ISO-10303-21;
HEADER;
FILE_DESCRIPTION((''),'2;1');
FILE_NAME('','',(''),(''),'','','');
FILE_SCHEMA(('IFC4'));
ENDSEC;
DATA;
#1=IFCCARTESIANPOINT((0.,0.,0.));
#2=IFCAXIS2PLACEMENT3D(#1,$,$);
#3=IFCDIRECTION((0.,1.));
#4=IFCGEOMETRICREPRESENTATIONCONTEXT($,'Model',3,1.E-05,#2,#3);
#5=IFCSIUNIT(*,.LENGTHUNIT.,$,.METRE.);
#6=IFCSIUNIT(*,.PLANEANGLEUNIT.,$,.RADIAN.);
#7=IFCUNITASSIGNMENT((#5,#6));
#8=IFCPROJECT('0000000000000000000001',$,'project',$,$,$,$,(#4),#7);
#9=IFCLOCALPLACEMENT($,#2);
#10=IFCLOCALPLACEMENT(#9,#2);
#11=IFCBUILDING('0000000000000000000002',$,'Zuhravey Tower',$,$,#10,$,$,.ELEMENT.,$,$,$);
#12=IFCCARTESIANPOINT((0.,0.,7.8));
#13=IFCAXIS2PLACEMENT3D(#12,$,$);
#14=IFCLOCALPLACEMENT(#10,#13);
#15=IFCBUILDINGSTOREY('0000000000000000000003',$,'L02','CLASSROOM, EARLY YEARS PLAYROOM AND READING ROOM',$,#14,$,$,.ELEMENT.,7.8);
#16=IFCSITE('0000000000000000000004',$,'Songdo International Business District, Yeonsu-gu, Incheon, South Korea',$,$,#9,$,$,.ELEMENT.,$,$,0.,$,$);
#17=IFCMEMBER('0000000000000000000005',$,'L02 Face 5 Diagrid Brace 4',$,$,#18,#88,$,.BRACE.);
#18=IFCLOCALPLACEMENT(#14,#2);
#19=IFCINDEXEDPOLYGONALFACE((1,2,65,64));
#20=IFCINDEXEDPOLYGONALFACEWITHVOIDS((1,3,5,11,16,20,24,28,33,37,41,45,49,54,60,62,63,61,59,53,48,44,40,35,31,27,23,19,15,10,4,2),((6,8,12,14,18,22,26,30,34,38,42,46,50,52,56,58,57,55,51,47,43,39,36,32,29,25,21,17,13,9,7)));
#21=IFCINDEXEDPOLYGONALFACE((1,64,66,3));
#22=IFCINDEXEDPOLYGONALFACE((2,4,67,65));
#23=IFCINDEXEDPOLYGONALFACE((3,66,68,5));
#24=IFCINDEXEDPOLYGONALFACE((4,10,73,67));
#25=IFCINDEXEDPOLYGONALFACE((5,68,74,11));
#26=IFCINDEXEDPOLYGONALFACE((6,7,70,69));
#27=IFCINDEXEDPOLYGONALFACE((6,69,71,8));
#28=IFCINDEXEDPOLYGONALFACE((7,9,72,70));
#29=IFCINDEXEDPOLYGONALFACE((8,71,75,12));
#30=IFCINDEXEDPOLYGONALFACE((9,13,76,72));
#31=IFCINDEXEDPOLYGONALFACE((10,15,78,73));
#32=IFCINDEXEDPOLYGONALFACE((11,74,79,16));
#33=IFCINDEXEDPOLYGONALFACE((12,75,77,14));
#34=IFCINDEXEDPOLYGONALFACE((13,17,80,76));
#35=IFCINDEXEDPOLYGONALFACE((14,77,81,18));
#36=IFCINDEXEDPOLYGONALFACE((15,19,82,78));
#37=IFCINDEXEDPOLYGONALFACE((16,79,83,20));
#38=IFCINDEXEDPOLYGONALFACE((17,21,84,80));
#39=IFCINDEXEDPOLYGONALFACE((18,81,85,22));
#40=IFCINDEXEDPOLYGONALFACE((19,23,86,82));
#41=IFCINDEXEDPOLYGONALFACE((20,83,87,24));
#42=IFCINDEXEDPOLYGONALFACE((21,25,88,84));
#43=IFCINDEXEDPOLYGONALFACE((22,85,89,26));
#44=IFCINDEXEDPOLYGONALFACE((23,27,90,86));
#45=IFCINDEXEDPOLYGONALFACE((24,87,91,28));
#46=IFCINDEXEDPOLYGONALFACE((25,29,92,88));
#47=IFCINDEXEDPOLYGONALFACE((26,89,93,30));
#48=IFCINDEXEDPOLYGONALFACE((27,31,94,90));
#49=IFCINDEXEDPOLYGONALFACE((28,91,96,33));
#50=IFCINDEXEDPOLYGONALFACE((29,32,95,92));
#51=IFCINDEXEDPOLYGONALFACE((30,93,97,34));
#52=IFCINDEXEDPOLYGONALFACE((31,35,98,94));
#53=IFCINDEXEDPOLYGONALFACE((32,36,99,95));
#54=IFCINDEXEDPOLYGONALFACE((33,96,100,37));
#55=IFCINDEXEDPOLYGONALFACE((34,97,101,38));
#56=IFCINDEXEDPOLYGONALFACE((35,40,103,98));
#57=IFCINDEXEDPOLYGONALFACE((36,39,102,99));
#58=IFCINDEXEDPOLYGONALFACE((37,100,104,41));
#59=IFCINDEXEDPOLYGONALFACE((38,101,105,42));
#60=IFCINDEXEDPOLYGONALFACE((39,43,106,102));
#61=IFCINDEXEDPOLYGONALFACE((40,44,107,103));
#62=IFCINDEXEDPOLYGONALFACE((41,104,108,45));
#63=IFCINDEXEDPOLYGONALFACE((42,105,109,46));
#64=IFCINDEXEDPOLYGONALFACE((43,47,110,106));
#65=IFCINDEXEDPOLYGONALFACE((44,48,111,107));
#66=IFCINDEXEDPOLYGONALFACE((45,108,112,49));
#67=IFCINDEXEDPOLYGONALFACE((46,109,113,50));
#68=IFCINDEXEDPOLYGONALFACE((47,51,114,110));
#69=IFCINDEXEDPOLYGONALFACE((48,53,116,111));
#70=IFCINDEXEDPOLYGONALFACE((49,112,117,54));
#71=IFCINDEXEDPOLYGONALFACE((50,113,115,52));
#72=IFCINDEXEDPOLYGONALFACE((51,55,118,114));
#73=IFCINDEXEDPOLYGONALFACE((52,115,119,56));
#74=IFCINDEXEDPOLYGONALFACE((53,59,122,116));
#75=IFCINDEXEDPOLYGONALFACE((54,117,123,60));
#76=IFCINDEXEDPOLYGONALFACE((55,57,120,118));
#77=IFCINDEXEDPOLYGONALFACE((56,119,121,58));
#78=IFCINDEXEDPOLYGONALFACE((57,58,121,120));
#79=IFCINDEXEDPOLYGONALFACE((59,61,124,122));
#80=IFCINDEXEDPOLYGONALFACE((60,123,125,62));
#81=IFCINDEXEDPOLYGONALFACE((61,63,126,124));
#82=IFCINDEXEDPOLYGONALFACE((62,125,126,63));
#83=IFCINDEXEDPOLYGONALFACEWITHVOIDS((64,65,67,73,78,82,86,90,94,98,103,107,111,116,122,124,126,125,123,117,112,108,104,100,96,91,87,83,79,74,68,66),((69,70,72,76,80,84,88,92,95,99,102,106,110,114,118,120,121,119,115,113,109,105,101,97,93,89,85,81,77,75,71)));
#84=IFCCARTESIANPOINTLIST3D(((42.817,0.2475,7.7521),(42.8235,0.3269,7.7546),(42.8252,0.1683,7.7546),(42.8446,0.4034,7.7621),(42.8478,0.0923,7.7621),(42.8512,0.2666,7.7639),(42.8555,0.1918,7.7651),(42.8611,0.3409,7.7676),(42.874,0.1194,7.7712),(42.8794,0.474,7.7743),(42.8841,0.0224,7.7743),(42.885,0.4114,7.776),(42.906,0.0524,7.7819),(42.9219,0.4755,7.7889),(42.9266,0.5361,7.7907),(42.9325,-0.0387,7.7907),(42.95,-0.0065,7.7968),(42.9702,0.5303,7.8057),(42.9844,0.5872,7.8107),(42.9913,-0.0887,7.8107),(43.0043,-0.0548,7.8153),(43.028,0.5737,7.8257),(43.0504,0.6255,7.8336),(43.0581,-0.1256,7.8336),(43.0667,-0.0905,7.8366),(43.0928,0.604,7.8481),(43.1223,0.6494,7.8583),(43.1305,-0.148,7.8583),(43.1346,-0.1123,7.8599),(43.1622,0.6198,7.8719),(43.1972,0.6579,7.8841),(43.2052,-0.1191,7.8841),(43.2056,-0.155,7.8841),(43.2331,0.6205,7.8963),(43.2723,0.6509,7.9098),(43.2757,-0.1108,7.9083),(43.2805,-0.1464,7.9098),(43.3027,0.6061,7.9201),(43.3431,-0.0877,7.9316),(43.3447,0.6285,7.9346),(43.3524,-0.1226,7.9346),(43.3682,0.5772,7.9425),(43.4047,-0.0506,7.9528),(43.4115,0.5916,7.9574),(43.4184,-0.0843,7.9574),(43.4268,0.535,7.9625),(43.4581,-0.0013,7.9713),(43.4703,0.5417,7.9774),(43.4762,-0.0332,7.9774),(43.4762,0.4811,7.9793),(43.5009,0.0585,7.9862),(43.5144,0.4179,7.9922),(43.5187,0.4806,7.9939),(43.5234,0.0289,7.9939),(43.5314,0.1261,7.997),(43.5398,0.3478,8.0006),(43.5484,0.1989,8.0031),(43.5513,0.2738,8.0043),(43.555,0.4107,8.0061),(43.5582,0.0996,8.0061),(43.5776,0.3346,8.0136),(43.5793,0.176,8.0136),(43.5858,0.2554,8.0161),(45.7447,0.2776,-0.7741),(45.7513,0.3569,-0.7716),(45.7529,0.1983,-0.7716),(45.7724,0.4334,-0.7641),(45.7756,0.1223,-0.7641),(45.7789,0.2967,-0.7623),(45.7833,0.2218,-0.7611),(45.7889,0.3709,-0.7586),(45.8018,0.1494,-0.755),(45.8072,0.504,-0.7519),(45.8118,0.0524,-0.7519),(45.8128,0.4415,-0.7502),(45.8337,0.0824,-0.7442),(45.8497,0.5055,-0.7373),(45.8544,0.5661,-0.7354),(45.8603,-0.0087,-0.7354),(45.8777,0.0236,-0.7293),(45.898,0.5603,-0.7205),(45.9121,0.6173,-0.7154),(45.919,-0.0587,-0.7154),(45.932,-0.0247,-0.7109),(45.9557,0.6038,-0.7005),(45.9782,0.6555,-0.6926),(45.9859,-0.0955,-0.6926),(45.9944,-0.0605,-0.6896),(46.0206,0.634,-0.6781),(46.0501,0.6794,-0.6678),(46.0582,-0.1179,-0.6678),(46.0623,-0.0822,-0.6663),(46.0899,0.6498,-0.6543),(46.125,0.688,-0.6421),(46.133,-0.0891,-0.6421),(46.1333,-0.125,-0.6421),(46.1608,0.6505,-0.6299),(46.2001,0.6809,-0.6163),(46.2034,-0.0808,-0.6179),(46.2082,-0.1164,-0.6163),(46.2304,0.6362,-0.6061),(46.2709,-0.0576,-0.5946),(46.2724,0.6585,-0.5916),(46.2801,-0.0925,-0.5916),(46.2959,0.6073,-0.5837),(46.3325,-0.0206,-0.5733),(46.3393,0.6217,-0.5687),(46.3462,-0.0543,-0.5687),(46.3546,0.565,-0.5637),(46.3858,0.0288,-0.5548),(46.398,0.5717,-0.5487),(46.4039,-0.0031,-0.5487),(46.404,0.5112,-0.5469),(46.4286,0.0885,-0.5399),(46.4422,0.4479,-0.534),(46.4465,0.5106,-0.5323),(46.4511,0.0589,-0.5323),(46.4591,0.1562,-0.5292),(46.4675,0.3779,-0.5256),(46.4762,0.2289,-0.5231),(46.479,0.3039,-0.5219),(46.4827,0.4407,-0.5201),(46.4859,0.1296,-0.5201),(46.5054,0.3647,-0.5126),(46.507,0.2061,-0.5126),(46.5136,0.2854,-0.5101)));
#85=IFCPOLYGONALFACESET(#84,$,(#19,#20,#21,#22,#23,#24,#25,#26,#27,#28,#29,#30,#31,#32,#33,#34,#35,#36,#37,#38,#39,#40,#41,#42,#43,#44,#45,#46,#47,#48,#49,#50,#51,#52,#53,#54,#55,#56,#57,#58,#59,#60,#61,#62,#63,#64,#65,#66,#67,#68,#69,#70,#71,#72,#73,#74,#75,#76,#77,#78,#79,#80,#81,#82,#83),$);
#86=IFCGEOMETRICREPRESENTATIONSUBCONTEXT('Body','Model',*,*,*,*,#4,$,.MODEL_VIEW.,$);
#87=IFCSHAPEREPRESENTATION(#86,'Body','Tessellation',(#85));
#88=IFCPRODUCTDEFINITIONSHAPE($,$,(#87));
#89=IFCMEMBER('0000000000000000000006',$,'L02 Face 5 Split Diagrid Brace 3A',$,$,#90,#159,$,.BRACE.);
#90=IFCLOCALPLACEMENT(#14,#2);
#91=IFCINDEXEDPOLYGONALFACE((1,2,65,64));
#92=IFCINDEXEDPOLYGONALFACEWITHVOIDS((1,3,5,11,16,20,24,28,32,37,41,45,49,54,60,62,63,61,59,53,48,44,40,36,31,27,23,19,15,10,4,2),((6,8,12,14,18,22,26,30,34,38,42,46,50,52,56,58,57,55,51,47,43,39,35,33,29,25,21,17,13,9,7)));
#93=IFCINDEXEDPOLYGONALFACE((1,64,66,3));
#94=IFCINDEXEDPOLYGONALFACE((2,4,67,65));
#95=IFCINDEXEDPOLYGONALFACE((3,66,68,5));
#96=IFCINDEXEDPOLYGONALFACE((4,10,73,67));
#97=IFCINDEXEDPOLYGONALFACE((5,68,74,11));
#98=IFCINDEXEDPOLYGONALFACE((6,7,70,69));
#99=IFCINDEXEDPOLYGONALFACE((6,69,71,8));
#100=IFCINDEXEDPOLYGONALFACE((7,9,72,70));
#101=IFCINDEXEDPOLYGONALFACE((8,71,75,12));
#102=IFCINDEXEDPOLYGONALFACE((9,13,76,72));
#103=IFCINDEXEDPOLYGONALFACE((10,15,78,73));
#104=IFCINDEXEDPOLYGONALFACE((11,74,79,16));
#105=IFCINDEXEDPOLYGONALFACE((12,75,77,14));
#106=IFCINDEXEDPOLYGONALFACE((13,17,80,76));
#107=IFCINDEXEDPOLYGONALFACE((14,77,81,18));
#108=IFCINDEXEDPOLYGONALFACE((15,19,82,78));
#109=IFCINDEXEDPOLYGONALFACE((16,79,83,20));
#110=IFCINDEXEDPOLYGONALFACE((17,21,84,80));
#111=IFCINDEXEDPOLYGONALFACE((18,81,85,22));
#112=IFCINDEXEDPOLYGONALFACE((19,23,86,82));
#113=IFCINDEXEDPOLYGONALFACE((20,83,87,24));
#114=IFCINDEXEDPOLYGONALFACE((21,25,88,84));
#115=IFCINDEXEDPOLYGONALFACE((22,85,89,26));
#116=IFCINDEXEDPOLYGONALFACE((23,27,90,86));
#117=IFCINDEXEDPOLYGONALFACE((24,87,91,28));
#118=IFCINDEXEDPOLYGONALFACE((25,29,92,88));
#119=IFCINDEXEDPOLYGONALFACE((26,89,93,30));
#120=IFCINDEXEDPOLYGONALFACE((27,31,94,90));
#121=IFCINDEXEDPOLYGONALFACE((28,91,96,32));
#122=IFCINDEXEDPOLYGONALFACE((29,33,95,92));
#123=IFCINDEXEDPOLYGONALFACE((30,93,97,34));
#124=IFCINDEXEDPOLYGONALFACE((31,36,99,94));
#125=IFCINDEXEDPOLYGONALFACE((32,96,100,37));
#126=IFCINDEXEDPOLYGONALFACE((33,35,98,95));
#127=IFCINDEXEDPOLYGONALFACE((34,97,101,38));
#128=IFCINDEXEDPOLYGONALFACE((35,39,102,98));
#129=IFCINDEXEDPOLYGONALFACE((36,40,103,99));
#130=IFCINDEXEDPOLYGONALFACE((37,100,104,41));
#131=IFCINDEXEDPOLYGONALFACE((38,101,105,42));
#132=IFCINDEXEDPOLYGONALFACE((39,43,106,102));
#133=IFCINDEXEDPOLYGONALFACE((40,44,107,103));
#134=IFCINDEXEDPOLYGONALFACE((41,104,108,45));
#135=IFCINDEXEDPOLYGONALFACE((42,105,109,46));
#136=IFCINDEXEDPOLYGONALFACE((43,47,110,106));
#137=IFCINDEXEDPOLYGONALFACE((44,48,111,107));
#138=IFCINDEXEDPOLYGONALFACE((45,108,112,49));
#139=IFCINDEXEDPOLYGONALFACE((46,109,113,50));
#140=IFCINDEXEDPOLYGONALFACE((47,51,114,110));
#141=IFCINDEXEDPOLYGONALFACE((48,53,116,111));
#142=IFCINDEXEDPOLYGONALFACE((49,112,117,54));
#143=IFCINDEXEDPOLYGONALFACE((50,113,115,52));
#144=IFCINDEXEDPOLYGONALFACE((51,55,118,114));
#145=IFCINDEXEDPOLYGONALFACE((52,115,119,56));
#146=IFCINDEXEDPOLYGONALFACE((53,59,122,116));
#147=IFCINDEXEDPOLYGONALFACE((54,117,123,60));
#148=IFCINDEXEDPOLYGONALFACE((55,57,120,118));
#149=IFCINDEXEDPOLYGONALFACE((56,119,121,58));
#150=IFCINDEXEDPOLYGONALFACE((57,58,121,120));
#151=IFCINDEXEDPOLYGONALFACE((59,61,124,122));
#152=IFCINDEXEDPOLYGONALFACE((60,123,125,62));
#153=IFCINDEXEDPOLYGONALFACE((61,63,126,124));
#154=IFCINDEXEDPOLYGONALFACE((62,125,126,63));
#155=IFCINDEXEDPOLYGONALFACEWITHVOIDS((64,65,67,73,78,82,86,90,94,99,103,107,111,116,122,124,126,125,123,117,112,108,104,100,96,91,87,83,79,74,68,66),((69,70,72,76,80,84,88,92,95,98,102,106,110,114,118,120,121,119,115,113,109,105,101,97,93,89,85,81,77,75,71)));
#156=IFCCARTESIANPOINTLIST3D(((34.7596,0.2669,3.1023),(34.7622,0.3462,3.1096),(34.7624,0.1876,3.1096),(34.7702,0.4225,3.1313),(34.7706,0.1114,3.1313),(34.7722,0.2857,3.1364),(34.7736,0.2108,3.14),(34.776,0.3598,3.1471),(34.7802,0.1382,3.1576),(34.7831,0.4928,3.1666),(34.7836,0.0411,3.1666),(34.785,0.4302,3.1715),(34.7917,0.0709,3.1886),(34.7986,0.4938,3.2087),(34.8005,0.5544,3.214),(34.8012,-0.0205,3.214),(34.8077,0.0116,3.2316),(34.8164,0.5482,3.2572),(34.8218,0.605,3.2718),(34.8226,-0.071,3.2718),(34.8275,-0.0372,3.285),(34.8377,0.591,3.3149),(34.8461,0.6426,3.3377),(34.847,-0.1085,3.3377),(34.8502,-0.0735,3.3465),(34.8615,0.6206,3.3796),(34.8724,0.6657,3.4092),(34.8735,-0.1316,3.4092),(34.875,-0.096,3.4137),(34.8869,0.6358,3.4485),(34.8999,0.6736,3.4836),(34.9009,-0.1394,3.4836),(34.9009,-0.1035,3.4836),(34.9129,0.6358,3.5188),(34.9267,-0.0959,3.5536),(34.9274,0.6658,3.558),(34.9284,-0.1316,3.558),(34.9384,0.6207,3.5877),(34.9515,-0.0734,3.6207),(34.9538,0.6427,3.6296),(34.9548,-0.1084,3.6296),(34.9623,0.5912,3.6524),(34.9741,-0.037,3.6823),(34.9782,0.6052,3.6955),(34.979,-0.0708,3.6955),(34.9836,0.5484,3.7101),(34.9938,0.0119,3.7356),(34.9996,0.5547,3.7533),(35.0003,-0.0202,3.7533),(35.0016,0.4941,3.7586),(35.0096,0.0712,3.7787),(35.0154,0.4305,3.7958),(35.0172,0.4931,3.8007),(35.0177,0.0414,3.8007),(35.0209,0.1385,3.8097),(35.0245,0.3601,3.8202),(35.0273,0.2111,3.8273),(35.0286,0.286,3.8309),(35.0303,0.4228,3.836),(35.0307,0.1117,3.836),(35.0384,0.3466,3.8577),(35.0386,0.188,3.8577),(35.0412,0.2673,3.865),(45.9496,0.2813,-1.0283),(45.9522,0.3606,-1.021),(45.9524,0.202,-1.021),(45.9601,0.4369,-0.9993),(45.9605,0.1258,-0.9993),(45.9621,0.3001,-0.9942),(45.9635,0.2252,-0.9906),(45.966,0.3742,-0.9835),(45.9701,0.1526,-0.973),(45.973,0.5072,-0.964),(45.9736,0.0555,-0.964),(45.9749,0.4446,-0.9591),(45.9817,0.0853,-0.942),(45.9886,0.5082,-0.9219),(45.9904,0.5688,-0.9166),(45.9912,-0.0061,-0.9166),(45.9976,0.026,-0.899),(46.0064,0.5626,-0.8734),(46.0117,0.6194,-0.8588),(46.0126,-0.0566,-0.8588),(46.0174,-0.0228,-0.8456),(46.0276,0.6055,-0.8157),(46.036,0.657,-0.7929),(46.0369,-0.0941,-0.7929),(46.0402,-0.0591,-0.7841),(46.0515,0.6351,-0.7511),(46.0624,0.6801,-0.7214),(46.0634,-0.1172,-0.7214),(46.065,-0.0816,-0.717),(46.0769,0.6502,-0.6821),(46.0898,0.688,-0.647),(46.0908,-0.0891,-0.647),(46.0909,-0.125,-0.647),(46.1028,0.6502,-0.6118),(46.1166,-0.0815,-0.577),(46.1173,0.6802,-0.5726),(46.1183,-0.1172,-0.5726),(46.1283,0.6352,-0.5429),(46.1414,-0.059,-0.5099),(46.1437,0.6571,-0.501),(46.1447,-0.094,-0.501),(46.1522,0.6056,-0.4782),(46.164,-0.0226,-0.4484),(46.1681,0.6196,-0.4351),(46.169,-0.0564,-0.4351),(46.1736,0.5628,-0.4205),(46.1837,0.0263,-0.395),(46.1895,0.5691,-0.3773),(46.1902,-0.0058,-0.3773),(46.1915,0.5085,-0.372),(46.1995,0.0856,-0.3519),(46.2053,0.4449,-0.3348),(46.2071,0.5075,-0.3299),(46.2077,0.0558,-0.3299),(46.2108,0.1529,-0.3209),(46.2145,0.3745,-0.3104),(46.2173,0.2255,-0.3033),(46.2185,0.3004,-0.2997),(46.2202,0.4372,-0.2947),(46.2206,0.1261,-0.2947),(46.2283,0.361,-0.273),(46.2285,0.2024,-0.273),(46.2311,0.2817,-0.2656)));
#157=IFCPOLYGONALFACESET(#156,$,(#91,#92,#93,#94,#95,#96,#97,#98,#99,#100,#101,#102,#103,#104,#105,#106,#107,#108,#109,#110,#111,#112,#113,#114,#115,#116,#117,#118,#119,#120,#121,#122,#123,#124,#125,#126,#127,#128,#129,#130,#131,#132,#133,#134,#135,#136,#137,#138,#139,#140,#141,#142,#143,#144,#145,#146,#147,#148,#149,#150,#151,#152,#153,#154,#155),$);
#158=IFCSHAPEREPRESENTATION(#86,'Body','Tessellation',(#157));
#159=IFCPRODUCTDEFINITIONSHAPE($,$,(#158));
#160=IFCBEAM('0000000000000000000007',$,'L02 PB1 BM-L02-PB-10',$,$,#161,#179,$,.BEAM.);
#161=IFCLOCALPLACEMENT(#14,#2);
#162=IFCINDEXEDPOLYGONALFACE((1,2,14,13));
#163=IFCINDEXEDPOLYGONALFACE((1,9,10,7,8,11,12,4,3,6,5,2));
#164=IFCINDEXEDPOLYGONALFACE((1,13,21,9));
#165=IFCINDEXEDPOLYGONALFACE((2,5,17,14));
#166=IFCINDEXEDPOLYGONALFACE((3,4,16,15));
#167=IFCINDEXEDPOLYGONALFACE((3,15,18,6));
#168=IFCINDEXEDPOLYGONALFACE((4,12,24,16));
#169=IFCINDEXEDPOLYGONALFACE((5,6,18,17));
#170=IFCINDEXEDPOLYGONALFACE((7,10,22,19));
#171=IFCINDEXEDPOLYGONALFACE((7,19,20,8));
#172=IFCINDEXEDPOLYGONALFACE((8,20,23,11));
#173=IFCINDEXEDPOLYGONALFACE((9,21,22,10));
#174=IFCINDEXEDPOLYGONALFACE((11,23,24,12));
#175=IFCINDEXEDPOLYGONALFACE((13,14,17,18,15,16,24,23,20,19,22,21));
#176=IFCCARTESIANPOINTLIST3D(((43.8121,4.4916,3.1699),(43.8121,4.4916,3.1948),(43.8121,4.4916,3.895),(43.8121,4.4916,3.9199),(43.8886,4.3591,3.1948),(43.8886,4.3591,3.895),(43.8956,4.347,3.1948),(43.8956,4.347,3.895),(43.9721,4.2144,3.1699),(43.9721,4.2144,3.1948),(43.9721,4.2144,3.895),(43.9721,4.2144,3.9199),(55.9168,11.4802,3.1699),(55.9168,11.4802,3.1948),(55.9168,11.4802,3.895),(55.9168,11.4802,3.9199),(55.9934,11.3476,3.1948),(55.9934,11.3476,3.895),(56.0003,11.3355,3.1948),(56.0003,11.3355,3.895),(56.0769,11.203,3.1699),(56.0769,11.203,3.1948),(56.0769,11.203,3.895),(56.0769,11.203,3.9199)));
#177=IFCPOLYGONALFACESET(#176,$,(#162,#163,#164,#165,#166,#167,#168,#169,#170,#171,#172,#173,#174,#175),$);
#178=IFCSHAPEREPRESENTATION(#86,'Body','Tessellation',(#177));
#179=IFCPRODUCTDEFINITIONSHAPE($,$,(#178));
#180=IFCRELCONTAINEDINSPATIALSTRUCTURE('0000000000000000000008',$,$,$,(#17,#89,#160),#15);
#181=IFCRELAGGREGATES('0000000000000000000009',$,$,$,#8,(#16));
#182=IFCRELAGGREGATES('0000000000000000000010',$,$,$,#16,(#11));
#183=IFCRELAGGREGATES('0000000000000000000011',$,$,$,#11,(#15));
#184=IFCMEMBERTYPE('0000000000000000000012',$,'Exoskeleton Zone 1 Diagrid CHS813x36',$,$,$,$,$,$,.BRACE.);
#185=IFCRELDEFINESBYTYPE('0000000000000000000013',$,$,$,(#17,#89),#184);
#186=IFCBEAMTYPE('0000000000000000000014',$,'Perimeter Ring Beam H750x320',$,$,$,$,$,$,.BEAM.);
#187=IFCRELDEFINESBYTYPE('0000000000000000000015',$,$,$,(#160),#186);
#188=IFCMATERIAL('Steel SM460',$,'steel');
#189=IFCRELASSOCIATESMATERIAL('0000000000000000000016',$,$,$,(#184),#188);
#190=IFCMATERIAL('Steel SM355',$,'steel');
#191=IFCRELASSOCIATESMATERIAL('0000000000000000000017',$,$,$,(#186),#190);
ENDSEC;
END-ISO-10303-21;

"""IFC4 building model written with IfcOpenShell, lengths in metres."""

from ifc_helpers import new_model, si_unit, direction, frame, origin, origin_2d, place, context, subcontext, project, spatial, hollow_circle, i_section, extrude, material, material_profile, profile_set, type_object, element, save


model = new_model("IFC4")

# Units and contexts
model_context = context("Model", 3, precision=1e-05, world=origin(), true_north=direction((0.0, 1.0)))
body_context = subcontext(model_context, "Body", "Model", "MODEL_VIEW")
ifc_project = project(units=[si_unit("LENGTHUNIT", "METRE"), si_unit("PLANEANGLEUNIT", "RADIAN")], contexts=[model_context])

# Site, building, storey
site_placement = place(None, origin())
site = spatial("IfcSite", under=ifc_project, at=site_placement, Name="Songdo International Business District, Yeonsu-gu, Incheon, South Korea", CompositionType="ELEMENT", RefElevation=0.0)
building_placement = place(site_placement, origin())
building = spatial("IfcBuilding", under=site, at=building_placement, Name="Zuhravey Tower", CompositionType="ELEMENT")
storey_placement = place(building_placement, frame((0.0, 0.0, 7.8)))
storey = spatial("IfcBuildingStorey", under=building, at=storey_placement, Name="L02", Description="CLASSROOM, EARLY YEARS PLAYROOM AND READING ROOM", CompositionType="ELEMENT", Elevation=7.8)

# Members
ifc_material_1 = material(Name="Steel SM460", Category="steel")
ifc_material_profile_1 = material_profile(ifc_material_1, hollow_circle(Radius=0.4065, WallThickness=0.0359, at=origin_2d()), Name="CHS-812.8x36")
ifc_profile_set_1 = profile_set([ifc_material_profile_1], Name="Steel SM460")
member_type_1 = type_object("IfcMemberType", Name="Exoskeleton Zone 1 Diagrid CHS813x36", PredefinedType="BRACE", material=ifc_profile_set_1)
member_1_placement = place(storey_placement, frame((46.1292, 0.2815, -0.6421), z_axis=(-0.324768, -0.003331, 0.945788), x_axis=(0.010256, -0.999947, 0.0)))
element("IfcMember", 1, at=member_1_placement, inside=storey, type_object=member_type_1, Name="L02 Face 5 Diagrid Brace 4", PredefinedType="BRACE", context=body_context, shape_type="SweptSolid", body=[
    extrude(hollow_circle(Radius=0.4065, WallThickness=0.0359, at=origin_2d()), origin(), (0.0, 0.0, 1.0), 9.0149),
])
member_2_placement = place(storey_placement, frame((46.0903, 0.2815, -0.647), z_axis=(-0.938125, -0.001208, 0.346296), x_axis=(0.001287, -0.999999, 0.0)))
element("IfcMember", 2, at=member_2_placement, inside=storey, type_object=member_type_1, Name="L02 Face 5 Split Diagrid Brace 3A", PredefinedType="BRACE", context=body_context, shape_type="SweptSolid", body=[
    extrude(hollow_circle(Radius=0.4065, WallThickness=0.0359, at=origin_2d()), origin(), (0.0, 0.0, 1.0), 11.928),
])

# Beam
ifc_material_2 = material(Name="Steel SM355", Category="steel")
ifc_material_profile_2 = material_profile(ifc_material_2, i_section(OverallWidth=0.3201, OverallDepth=0.75, WebThickness=0.0139, FlangeThickness=0.0249, at=origin_2d()), Name="H-750x320x14x25")
ifc_profile_set_2 = profile_set([ifc_material_profile_2], Name="Steel SM355")
beam_type_1 = type_object("IfcBeamType", Name="Perimeter Ring Beam H750x320", PredefinedType="BEAM", material=ifc_profile_set_2)
beam_1_placement = place(storey_placement, frame((43.8921, 4.353, 3.5449), z_axis=(0.86603, 0.499992, 0.0), x_axis=(-0.499992, 0.86603, 0.0)))
element("IfcBeam", 3, at=beam_1_placement, inside=storey, type_object=beam_type_1, Name="L02 PB1 BM-L02-PB-10", PredefinedType="BEAM", context=body_context, shape_type="SweptSolid", body=[
    extrude(i_section(OverallWidth=0.3201, OverallDepth=0.75, WebThickness=0.0139, FlangeThickness=0.0249, at=origin_2d()), origin(), (0.0, 0.0, 1.0), 13.9773),
])

save(model, "model.ifc")
